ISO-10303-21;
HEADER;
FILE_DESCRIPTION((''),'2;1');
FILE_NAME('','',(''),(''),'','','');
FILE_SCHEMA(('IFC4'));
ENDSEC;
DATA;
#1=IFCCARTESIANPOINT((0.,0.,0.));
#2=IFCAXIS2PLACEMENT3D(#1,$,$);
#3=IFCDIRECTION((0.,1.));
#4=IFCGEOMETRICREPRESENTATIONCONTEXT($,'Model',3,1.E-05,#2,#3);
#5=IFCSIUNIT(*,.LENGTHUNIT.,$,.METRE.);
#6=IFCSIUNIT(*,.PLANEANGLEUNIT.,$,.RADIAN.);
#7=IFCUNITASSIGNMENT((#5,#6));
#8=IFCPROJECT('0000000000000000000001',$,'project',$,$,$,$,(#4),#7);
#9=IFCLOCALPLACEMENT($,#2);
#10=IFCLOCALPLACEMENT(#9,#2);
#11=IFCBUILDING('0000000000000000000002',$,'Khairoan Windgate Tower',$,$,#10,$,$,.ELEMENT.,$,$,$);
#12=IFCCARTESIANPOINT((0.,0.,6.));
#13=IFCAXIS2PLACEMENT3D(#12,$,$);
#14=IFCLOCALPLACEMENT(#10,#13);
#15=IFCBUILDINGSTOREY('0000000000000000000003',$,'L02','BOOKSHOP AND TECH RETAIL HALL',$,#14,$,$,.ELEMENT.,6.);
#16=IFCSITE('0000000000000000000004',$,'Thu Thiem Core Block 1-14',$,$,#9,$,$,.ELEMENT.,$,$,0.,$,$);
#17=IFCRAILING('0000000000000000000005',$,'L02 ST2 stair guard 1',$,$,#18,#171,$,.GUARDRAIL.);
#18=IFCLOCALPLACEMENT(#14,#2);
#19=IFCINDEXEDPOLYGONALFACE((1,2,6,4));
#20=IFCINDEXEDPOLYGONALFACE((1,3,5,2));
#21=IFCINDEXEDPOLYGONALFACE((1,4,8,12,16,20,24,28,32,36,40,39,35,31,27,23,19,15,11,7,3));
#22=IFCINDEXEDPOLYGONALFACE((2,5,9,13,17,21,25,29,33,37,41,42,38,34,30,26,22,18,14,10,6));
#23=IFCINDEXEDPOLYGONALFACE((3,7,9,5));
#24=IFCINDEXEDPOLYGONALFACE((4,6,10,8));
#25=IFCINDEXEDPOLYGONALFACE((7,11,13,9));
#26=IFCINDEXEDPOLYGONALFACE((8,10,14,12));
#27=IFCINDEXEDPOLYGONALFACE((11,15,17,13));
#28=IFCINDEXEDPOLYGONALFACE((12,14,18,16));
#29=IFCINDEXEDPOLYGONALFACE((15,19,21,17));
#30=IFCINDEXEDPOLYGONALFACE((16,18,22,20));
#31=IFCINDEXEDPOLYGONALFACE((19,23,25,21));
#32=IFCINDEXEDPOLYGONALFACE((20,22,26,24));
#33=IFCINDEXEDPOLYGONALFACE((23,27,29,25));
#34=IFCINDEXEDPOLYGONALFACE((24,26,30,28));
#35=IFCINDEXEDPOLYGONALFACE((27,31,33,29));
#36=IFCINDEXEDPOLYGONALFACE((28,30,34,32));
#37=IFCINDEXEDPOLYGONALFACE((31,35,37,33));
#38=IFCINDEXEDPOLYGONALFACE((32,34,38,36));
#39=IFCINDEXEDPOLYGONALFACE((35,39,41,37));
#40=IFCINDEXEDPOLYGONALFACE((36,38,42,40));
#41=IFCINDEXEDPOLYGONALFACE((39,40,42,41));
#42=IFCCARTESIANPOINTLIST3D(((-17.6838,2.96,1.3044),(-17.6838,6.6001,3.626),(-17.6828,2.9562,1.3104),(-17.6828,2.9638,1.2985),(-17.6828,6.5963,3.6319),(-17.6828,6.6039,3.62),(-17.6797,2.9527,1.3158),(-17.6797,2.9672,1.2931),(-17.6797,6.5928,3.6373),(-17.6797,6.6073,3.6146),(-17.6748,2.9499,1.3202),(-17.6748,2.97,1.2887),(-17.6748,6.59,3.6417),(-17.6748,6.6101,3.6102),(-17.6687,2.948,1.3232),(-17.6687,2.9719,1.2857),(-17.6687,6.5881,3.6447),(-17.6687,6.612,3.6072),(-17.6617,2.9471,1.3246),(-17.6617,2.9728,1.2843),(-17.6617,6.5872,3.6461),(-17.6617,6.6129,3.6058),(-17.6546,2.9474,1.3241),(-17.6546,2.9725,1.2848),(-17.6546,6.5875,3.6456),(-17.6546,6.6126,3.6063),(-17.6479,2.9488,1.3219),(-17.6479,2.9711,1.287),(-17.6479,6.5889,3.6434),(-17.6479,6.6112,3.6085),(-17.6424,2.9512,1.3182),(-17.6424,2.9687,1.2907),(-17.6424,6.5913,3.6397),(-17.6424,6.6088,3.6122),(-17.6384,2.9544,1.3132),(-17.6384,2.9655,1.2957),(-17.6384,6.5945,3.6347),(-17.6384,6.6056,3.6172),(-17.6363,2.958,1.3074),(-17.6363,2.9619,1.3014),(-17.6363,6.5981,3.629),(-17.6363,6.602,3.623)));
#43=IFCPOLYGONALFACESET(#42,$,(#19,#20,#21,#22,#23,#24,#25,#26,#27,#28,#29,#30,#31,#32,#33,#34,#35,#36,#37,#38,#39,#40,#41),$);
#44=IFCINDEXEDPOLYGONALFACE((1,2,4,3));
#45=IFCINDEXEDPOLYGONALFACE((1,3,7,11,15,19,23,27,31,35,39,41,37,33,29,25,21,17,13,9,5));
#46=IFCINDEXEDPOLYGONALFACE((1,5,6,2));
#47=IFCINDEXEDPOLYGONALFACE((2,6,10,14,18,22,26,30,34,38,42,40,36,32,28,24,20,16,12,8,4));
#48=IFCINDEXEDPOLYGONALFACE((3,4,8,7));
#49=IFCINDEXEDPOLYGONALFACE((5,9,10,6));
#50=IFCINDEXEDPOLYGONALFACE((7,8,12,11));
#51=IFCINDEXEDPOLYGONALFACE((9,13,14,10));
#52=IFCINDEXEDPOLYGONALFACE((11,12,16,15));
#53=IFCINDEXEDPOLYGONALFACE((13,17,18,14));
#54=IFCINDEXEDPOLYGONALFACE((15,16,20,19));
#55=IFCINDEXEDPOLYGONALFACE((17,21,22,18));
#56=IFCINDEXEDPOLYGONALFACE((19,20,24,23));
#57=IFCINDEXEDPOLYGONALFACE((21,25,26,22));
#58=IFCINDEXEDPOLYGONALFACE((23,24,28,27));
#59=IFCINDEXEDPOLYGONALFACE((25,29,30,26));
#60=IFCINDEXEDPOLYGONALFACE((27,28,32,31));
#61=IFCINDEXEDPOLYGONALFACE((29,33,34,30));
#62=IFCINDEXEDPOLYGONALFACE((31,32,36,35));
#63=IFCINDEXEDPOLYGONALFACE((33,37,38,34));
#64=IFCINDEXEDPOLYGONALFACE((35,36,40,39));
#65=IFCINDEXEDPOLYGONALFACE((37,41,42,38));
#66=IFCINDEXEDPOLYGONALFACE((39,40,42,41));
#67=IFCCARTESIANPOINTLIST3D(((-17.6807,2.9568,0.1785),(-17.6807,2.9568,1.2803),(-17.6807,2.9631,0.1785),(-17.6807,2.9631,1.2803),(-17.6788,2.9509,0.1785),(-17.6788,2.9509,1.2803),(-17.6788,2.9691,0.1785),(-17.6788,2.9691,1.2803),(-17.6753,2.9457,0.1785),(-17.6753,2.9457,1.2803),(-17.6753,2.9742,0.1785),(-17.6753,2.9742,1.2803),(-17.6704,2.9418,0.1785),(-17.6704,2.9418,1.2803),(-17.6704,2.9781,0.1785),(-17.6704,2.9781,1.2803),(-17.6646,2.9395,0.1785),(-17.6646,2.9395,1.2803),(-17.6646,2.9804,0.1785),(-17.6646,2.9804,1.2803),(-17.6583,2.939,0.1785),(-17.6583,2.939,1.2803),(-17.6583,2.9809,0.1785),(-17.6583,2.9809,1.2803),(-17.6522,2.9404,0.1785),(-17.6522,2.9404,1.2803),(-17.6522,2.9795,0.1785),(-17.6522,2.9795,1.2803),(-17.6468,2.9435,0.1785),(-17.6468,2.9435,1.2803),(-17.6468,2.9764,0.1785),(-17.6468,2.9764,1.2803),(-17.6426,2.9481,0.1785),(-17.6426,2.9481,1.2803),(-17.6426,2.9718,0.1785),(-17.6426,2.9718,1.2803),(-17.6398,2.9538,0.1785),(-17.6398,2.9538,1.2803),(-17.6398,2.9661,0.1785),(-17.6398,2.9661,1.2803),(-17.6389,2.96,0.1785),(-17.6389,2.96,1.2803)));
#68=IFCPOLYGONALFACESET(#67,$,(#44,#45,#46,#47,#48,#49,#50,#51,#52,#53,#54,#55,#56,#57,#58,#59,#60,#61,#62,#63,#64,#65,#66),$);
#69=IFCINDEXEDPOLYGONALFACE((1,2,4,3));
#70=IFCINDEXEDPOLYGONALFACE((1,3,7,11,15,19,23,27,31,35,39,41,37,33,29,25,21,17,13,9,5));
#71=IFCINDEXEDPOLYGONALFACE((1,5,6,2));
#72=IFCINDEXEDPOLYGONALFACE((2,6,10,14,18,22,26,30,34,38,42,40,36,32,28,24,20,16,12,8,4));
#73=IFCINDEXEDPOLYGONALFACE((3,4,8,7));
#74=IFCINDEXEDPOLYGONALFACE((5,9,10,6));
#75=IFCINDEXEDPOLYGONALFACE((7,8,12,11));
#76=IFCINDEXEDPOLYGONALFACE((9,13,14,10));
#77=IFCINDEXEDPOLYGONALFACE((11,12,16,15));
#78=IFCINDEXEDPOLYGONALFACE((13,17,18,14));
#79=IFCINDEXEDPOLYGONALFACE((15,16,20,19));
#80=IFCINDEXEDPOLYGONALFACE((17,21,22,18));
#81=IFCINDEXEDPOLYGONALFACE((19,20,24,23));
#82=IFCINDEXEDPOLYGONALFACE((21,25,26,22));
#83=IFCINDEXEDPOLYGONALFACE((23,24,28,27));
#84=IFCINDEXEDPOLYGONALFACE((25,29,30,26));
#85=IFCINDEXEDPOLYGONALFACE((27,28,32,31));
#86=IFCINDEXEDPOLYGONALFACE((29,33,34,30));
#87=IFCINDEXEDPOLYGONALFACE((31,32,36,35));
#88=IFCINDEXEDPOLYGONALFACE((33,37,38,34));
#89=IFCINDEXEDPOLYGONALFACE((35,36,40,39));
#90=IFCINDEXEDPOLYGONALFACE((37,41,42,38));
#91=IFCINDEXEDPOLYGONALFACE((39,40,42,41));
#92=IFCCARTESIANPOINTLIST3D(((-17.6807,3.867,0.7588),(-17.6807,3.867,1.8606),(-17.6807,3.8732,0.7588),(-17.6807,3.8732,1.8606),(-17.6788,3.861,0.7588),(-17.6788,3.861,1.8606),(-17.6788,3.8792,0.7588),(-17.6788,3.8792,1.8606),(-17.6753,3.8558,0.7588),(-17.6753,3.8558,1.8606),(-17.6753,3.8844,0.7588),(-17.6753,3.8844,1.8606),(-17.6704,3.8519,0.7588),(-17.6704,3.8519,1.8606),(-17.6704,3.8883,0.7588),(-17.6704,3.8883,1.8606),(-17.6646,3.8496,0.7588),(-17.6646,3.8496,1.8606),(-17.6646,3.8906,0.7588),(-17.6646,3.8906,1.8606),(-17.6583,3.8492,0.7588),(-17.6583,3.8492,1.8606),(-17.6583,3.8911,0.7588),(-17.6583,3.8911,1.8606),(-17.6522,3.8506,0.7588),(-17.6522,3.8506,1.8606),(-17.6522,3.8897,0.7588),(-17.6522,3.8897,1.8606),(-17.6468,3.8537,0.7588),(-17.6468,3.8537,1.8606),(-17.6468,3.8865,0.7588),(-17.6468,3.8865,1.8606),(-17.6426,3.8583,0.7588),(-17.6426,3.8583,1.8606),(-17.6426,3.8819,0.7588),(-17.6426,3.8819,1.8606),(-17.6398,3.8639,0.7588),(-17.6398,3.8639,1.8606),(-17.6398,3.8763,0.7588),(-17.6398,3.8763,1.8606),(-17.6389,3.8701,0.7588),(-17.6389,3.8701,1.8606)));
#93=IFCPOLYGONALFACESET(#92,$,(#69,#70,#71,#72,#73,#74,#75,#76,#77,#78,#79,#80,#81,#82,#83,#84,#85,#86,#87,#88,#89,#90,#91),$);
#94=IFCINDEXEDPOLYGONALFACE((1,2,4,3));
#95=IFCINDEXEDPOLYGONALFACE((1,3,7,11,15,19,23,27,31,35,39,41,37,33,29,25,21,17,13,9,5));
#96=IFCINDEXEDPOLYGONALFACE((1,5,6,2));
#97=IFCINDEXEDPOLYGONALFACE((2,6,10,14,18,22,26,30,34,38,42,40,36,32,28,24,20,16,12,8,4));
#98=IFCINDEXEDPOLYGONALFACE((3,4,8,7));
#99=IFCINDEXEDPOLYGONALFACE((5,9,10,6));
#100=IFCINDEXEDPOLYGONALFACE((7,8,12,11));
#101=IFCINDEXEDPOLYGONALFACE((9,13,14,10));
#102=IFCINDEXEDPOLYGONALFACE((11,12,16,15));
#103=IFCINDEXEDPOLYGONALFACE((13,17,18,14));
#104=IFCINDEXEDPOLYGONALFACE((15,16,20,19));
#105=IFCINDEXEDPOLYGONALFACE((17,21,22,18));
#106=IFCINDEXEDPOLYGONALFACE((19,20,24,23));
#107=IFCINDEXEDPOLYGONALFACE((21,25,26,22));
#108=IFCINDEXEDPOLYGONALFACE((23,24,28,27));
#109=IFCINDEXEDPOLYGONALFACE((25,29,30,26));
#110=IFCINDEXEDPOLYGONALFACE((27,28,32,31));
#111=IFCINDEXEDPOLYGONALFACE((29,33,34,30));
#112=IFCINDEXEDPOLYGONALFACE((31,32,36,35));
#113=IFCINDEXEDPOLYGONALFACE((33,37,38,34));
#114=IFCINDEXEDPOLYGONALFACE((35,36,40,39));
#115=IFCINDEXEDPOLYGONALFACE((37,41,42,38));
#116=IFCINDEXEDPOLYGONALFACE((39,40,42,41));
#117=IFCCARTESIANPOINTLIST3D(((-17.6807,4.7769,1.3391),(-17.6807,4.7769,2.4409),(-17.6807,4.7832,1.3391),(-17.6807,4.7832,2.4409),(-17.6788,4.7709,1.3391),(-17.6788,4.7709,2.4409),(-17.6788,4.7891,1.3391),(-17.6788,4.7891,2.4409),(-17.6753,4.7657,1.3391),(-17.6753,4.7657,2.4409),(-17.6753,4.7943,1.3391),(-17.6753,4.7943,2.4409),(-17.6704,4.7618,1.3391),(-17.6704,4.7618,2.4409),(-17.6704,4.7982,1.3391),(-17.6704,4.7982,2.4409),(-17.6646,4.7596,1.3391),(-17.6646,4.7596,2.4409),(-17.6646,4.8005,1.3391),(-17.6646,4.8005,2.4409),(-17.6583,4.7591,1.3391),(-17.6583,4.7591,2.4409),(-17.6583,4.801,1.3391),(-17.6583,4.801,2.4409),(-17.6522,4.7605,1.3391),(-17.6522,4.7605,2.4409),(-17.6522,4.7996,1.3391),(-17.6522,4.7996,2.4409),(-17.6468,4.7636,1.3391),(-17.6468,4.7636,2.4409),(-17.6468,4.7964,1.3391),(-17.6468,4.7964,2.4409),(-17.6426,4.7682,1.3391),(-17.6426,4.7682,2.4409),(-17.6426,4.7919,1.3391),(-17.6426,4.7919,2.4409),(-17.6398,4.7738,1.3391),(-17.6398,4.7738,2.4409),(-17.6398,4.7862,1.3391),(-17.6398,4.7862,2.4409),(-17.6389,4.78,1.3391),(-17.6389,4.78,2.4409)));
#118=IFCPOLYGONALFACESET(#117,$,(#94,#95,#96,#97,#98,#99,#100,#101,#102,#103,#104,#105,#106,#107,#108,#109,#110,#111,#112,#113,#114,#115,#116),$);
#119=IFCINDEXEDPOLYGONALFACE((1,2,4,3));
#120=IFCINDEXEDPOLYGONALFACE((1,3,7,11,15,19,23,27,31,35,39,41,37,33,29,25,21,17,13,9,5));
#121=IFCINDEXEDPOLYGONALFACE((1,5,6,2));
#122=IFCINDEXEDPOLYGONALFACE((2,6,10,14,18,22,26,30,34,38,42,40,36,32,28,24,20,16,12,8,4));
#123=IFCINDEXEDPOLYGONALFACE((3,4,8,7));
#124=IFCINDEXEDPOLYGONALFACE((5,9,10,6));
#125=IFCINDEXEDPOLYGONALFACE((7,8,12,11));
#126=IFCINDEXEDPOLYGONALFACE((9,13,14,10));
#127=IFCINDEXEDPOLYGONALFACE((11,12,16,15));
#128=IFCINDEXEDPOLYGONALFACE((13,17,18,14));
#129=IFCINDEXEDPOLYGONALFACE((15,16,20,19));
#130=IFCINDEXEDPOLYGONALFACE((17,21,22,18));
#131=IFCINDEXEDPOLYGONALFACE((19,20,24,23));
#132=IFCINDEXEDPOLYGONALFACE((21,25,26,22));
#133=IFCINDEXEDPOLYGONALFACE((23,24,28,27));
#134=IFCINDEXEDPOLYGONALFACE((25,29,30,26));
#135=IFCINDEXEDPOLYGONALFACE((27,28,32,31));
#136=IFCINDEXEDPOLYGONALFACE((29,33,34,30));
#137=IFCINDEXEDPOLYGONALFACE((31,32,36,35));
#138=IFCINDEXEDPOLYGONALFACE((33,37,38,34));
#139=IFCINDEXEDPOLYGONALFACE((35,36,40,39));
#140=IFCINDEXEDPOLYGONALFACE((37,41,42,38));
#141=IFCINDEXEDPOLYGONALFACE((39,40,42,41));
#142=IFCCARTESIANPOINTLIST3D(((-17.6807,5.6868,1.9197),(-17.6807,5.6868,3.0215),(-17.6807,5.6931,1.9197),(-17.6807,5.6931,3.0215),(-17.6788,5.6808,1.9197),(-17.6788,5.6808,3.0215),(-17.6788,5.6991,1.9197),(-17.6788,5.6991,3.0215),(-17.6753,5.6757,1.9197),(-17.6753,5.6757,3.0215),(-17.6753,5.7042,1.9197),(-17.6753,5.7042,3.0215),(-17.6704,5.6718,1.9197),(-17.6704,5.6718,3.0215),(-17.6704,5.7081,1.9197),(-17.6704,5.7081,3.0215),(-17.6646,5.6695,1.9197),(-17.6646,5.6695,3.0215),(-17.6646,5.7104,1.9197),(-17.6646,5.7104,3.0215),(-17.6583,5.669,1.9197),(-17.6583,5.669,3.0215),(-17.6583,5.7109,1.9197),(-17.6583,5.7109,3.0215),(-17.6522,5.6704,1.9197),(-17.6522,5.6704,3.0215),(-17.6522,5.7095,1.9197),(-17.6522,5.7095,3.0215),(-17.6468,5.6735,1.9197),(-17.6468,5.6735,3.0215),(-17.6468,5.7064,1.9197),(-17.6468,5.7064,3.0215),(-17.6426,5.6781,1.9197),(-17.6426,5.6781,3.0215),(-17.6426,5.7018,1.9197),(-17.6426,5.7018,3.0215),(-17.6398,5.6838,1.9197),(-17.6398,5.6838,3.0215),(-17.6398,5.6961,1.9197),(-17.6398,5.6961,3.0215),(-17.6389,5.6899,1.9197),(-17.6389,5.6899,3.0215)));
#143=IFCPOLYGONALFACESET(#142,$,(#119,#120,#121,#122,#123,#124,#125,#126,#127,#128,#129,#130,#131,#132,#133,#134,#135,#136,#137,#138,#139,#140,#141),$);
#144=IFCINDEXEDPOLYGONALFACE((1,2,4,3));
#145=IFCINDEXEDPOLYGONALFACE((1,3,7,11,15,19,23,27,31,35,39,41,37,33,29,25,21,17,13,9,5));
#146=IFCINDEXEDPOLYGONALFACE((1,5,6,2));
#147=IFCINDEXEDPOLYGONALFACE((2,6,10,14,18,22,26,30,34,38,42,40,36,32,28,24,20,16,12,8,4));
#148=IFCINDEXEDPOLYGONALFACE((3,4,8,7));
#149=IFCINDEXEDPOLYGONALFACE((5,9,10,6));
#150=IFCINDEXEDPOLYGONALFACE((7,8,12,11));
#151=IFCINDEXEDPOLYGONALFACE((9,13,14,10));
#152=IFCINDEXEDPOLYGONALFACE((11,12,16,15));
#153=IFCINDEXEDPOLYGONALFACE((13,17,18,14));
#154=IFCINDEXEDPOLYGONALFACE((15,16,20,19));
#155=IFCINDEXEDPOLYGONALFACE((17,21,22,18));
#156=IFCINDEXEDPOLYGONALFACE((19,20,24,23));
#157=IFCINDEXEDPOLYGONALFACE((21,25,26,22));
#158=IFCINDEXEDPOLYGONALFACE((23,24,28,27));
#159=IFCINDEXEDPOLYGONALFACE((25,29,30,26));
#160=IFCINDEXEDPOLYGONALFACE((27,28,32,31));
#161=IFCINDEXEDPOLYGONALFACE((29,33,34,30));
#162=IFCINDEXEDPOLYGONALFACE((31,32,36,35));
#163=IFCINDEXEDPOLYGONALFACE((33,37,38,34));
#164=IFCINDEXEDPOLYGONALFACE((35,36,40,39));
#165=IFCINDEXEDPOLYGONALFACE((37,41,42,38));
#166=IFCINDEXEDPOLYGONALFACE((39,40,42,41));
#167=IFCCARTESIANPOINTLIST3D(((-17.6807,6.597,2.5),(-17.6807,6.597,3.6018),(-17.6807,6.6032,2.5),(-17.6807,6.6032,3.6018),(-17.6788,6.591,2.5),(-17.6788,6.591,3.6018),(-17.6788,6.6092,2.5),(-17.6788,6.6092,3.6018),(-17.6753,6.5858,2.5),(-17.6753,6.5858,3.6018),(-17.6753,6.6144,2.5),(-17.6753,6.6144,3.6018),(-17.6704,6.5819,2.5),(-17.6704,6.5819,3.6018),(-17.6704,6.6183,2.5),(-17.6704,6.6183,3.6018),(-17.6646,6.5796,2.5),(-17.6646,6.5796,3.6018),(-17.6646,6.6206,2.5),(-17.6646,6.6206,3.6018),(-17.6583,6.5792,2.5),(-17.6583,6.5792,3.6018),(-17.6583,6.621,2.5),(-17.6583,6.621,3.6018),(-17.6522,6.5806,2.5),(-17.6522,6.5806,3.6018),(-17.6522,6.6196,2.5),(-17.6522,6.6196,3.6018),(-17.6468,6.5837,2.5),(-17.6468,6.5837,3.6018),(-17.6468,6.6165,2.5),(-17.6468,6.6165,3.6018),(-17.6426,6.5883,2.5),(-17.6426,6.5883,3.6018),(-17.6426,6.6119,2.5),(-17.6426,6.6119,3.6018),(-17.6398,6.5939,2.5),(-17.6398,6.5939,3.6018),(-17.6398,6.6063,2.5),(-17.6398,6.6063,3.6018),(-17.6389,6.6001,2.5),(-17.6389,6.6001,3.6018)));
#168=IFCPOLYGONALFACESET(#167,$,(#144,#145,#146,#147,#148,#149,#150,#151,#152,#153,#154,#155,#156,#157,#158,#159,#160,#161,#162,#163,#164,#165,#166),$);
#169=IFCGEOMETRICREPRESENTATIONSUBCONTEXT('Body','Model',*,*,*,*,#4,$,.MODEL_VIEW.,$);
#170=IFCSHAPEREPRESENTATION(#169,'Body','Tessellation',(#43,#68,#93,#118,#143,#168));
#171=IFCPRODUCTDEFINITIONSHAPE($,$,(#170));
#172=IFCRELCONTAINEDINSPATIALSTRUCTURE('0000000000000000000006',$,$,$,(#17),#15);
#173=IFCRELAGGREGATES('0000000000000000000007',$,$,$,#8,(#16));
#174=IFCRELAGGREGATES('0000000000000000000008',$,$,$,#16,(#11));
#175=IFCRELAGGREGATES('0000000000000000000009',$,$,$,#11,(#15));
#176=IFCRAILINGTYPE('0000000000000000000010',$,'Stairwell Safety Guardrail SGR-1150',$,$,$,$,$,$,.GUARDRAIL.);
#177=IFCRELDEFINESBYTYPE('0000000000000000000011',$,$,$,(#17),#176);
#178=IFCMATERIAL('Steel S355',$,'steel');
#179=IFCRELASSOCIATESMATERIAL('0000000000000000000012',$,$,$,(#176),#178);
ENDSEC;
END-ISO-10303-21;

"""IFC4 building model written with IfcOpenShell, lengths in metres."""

from ifc_helpers import new_model, si_unit, direction, frame, origin, origin_2d, place, context, subcontext, project, spatial, circle, extrude, material, type_object, element, save


model = new_model("IFC4")

# Units and contexts
model_context = context("Model", 3, precision=1e-05, world=origin(), true_north=direction((0.0, 1.0)))
body_context = subcontext(model_context, "Body", "Model", "MODEL_VIEW")
ifc_project = project(units=[si_unit("LENGTHUNIT", "METRE"), si_unit("PLANEANGLEUNIT", "RADIAN")], contexts=[model_context])

# Site, building, storey
site_placement = place(None, origin())
site = spatial("IfcSite", under=ifc_project, at=site_placement, Name="Thu Thiem Core Block 1-14", CompositionType="ELEMENT", RefElevation=0.0)
building_placement = place(site_placement, origin())
building = spatial("IfcBuilding", under=site, at=building_placement, Name="Khairoan Windgate Tower", CompositionType="ELEMENT")
storey_placement = place(building_placement, frame((0.0, 0.0, 6.0)))
storey = spatial("IfcBuildingStorey", under=building, at=storey_placement, Name="L02", Description="BOOKSHOP AND TECH RETAIL HALL", CompositionType="ELEMENT", Elevation=6.0)

# Railing
ifc_material_1 = material(Name="Steel S355", Category="steel")
railing_type_1 = type_object("IfcRailingType", Name="Stairwell Safety Guardrail SGR-1150", PredefinedType="GUARDRAIL", material=ifc_material_1)
railing_1_placement = place(storey_placement, frame((-17.6599, 2.96, 0.1785)))
element("IfcRailing", 1, at=railing_1_placement, inside=storey, type_object=railing_type_1, Name="L02 ST2 stair guard 1", PredefinedType="GUARDRAIL", context=body_context, shape_type="SweptSolid", body=[
    extrude(circle(Radius=0.0239, at=origin_2d()), frame((0.0, 0.0, 1.126), z_axis=(0.0, 0.843128, 0.537713), x_axis=(-1.0, 0.0, 0.0)), (0.0, 0.0, 1.0), 4.3174),
    extrude(circle(Radius=0.021, at=origin_2d()), origin(), (0.0, 0.0, 1.0), 1.1018),
    extrude(circle(Radius=0.021, at=origin_2d()), frame((0.0, 0.9102, 0.5803)), (0.0, 0.0, 1.0), 1.1018),
    extrude(circle(Radius=0.021, at=origin_2d()), frame((0.0, 1.8201, 1.1606)), (0.0, 0.0, 1.0), 1.1018),
    extrude(circle(Radius=0.021, at=origin_2d()), frame((0.0, 2.73, 1.7412)), (0.0, 0.0, 1.0), 1.1018),
    extrude(circle(Radius=0.021, at=origin_2d()), frame((0.0, 3.6401, 2.3215)), (0.0, 0.0, 1.0), 1.1018),
])

save(model, "model.ifc")
